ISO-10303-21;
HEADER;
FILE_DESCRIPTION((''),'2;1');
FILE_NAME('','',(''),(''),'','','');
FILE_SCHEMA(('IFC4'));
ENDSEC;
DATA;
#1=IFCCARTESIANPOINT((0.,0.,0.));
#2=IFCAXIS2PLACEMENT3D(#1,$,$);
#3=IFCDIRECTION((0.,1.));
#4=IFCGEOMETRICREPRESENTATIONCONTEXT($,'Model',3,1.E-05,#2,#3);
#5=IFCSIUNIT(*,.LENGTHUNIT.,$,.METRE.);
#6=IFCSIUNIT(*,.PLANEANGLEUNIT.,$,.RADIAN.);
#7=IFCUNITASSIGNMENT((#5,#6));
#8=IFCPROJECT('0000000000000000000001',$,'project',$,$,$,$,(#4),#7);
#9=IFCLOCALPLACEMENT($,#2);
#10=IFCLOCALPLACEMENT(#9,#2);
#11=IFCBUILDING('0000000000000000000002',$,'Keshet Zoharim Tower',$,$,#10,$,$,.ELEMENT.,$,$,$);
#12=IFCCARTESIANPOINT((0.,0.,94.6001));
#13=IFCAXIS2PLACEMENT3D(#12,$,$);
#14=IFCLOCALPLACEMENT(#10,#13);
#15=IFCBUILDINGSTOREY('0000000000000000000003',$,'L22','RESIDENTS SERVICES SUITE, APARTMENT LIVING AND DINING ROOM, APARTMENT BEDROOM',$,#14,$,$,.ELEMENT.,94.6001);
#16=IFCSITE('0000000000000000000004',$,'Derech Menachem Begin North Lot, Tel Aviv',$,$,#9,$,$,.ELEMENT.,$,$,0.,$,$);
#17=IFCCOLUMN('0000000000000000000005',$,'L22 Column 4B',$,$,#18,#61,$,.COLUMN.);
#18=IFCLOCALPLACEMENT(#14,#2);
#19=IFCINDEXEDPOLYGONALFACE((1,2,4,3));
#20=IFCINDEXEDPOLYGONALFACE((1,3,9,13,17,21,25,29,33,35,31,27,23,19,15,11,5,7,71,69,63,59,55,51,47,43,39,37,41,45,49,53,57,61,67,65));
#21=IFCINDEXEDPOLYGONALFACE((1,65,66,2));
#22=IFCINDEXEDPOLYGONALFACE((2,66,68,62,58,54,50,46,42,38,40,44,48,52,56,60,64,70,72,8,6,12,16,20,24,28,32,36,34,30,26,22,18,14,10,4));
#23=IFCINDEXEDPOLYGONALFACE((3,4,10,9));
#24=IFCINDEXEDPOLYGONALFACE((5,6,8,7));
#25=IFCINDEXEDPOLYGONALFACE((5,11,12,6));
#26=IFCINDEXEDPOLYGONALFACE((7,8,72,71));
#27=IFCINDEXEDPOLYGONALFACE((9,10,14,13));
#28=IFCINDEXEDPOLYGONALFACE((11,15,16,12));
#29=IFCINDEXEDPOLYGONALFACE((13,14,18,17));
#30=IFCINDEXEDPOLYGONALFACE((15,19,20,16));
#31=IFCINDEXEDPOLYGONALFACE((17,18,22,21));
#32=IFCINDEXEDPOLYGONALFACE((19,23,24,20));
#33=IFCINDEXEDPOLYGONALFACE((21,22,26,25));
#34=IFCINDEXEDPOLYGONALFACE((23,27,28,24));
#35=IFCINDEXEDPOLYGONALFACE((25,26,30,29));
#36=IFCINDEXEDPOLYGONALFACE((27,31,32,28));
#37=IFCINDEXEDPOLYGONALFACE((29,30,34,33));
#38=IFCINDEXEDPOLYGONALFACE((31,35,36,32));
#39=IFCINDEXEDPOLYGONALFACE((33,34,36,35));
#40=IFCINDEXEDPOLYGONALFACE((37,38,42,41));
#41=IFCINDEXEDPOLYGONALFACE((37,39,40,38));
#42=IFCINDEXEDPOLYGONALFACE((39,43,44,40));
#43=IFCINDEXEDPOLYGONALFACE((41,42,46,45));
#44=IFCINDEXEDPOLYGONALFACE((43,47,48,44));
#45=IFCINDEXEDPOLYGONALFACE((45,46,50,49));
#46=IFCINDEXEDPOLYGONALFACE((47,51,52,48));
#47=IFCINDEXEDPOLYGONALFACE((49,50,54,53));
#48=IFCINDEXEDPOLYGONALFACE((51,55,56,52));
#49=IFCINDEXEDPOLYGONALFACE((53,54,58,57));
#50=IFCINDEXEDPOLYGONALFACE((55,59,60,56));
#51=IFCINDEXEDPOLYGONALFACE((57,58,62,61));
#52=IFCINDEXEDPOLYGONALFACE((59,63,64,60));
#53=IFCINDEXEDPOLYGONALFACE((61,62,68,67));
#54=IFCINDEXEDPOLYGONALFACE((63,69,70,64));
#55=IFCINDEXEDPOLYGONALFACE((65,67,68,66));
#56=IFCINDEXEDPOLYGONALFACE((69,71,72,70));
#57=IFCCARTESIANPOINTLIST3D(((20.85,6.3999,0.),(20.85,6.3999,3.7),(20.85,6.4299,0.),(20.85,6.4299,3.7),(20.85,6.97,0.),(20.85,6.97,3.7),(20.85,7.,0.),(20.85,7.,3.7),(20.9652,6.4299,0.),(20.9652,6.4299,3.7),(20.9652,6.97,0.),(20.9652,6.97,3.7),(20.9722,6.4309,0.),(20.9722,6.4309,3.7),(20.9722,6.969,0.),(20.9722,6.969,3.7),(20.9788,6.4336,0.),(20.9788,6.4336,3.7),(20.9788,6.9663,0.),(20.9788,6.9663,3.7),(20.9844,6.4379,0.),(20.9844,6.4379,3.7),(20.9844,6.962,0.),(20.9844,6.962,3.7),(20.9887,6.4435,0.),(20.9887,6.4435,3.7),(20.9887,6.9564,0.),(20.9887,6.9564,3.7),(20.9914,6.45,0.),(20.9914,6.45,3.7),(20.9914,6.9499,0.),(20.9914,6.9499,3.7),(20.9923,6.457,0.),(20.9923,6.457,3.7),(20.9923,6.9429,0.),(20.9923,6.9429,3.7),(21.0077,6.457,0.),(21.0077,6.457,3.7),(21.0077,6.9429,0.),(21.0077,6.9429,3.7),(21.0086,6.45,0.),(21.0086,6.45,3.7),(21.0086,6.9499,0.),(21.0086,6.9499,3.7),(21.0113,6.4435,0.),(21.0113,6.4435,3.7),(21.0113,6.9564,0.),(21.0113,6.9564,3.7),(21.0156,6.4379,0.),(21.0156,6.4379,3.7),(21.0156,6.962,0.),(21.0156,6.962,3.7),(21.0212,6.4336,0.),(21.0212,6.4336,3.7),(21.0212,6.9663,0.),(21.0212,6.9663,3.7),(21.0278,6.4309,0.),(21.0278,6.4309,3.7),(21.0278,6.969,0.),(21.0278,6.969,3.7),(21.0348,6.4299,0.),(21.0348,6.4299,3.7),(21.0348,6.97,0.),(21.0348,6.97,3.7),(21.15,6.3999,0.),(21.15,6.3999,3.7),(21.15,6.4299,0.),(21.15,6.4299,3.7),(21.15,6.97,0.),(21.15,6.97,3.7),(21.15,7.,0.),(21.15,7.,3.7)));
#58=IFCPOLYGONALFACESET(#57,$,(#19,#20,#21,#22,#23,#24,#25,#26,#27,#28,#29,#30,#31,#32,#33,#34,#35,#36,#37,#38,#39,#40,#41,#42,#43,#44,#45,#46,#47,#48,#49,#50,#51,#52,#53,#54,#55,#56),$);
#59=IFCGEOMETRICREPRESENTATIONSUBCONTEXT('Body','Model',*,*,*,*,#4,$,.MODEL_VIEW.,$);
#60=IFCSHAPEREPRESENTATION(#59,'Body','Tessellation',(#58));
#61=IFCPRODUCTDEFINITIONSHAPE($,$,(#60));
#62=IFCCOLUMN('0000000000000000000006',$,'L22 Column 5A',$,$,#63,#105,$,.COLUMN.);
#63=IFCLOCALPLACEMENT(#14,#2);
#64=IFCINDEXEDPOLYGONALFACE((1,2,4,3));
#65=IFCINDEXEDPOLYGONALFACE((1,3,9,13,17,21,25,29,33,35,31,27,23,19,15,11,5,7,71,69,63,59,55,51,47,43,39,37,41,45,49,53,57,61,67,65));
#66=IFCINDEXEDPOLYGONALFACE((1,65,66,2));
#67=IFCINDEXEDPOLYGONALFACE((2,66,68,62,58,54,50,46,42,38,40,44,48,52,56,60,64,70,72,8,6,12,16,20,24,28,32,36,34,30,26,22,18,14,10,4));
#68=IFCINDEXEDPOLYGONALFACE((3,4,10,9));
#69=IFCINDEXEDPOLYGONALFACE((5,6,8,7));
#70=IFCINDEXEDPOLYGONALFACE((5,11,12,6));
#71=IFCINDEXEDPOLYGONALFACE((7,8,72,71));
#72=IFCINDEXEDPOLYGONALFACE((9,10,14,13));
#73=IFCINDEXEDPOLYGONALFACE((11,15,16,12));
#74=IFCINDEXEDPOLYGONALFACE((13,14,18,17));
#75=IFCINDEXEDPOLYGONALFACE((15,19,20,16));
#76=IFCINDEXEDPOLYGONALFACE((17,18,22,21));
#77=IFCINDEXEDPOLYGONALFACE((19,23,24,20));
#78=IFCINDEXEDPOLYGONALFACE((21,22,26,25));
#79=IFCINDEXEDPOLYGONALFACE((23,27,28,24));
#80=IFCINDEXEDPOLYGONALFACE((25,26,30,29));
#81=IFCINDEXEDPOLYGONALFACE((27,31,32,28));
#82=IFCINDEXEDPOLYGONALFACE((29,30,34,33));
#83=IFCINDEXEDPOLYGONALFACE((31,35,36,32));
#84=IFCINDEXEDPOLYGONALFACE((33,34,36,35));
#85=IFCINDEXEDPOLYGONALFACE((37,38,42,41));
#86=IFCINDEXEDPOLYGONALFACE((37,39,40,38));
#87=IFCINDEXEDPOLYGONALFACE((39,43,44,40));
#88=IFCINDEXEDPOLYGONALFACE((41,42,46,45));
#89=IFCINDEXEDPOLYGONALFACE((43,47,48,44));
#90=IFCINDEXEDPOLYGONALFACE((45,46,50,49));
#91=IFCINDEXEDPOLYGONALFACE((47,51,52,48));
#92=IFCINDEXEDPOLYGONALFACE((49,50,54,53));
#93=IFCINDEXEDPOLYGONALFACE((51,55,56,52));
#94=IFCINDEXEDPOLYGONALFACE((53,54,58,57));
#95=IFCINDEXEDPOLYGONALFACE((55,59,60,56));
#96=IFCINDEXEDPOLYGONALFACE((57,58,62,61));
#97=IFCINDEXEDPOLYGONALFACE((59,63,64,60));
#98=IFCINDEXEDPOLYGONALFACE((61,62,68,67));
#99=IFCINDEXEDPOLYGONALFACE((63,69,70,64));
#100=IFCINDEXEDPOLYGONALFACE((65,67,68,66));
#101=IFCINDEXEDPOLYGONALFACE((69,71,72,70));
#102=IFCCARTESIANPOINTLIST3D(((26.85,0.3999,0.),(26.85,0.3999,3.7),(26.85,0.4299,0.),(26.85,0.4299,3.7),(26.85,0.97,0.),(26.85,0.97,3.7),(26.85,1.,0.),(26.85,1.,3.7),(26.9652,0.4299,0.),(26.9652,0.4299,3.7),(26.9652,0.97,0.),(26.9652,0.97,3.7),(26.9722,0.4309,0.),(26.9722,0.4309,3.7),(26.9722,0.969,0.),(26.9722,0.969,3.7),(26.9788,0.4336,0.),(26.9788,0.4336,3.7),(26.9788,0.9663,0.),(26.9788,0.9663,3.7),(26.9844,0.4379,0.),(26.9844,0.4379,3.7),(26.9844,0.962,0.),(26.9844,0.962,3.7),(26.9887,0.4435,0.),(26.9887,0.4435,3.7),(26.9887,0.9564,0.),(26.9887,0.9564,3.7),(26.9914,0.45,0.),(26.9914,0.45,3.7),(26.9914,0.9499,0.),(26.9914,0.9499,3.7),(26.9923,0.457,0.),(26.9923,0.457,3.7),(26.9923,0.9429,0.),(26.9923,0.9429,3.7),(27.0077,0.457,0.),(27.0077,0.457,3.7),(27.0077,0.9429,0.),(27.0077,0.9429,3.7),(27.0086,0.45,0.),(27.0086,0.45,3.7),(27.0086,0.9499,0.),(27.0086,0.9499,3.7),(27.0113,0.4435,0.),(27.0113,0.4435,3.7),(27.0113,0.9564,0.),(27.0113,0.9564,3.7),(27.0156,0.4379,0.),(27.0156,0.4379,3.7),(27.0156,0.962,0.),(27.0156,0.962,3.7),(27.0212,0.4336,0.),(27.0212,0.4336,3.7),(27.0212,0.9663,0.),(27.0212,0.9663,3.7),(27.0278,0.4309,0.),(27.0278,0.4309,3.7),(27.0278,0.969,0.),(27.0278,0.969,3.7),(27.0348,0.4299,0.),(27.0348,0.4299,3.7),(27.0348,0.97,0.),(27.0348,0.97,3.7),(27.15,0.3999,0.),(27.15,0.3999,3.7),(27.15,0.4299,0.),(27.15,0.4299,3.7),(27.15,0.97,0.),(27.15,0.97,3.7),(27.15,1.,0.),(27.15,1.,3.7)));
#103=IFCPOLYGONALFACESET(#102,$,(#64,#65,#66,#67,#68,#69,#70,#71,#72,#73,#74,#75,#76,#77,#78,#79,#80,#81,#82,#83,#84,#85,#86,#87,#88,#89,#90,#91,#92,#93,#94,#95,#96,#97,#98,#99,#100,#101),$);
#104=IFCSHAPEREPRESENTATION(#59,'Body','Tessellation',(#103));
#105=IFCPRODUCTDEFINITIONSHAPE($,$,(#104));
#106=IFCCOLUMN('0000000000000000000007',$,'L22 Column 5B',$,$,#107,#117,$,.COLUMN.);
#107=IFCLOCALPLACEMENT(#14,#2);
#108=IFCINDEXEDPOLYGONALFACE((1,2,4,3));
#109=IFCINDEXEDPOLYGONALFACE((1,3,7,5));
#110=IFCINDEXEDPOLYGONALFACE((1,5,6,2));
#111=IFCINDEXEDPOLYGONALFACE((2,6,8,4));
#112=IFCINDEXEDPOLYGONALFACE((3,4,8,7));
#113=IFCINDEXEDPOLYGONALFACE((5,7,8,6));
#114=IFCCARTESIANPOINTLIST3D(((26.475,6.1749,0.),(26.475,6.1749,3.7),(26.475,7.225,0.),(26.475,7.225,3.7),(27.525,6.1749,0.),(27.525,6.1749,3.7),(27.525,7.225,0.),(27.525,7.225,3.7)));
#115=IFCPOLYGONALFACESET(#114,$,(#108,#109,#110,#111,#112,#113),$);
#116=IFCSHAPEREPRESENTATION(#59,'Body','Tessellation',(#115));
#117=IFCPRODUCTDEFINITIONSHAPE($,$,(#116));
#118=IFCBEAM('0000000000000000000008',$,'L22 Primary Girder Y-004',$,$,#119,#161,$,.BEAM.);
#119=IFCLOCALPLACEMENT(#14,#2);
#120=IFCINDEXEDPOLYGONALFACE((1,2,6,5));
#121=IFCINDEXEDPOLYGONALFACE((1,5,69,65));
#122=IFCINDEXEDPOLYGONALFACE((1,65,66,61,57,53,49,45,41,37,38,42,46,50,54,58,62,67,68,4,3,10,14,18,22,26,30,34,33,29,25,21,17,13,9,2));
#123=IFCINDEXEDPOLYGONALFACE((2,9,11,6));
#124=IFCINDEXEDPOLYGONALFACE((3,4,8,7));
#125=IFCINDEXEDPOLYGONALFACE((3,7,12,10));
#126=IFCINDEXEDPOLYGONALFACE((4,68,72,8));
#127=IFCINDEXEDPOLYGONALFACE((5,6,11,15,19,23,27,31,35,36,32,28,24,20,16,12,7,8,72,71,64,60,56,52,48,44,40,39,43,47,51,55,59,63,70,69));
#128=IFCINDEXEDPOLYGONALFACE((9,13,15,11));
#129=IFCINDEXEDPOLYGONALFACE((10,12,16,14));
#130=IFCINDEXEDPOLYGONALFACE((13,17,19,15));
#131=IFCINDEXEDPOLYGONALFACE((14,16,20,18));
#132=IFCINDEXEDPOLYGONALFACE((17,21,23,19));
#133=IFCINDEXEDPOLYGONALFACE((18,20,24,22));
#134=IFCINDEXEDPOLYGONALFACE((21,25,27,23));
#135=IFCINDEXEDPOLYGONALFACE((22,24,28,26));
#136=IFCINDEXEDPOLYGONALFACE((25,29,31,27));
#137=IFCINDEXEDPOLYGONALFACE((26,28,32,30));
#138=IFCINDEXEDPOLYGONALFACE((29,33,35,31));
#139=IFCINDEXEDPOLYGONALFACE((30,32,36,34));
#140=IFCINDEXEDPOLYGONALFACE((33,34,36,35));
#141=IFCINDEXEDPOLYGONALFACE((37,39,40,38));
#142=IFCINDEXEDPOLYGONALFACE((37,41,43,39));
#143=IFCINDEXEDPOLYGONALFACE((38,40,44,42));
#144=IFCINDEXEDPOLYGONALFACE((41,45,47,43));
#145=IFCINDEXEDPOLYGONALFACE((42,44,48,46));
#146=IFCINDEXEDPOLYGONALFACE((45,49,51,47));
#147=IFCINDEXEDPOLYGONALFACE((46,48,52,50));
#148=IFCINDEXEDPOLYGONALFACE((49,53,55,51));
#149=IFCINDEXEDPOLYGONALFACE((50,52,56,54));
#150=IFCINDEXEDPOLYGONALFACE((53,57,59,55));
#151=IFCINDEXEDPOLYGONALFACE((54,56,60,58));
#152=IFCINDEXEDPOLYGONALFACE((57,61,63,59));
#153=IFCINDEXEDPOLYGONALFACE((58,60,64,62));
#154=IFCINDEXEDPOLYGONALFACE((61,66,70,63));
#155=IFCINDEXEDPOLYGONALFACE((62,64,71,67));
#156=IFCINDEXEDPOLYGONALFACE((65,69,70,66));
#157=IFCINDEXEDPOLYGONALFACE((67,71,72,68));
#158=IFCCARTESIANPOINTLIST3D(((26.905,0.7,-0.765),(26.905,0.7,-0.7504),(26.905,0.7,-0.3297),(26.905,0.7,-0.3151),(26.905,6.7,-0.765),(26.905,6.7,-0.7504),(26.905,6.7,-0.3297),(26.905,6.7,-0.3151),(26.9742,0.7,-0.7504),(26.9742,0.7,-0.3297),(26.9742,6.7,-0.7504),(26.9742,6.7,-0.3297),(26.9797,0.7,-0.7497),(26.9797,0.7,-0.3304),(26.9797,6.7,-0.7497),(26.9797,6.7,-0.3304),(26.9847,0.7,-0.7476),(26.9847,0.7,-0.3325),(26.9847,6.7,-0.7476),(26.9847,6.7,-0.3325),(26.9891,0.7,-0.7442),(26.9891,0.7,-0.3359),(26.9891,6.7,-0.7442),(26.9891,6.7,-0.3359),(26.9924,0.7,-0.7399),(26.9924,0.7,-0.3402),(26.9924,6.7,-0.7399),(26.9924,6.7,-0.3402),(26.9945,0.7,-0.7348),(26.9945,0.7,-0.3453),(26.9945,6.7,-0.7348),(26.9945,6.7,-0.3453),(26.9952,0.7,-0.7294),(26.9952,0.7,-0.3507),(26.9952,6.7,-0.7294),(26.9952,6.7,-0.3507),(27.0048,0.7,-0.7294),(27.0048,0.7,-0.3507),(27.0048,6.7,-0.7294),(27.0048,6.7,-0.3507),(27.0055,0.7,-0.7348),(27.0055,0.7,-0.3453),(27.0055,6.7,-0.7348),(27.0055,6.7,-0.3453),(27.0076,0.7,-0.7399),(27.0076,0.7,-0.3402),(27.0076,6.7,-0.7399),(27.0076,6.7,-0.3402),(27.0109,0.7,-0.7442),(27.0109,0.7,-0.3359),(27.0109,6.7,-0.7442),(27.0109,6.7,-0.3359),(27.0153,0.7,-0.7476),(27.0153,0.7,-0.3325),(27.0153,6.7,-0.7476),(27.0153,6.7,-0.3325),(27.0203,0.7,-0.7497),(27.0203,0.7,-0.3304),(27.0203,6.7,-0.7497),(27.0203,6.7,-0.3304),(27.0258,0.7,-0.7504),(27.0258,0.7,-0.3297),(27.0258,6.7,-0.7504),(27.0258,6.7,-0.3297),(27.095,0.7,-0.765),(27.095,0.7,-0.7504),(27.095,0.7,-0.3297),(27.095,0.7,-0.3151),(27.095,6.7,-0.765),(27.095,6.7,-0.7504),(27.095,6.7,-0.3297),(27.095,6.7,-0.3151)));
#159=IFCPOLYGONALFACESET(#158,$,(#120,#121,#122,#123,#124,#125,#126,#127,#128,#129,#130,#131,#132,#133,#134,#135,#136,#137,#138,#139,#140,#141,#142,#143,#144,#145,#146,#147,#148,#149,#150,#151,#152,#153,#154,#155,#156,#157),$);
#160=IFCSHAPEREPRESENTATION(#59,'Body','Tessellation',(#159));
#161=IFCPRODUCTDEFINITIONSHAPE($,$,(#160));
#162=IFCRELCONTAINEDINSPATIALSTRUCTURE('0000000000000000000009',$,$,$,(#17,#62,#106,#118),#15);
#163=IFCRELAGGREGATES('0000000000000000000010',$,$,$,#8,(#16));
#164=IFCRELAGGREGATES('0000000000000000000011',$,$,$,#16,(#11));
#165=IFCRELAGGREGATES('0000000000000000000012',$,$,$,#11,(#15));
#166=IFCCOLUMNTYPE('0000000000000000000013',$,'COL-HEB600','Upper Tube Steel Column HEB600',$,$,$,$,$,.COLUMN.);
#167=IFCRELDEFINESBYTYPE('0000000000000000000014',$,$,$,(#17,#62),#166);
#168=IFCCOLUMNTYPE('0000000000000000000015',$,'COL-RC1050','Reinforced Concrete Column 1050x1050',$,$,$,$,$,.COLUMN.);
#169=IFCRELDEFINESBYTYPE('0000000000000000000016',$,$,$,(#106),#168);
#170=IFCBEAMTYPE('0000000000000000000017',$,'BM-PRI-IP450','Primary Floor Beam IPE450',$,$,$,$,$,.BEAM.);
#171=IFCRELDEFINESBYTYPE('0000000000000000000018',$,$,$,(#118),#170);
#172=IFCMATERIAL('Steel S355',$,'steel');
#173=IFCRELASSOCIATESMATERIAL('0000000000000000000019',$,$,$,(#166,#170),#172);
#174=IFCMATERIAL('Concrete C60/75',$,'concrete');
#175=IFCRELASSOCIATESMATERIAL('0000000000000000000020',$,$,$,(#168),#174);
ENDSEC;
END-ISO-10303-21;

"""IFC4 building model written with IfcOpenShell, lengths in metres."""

from ifc_helpers import new_model, si_unit, direction, frame, origin, origin_2d, place, context, subcontext, project, spatial, rectangle, i_section, extrude, material, material_profile, profile_set, type_object, element, save


model = new_model("IFC4")

# Units and contexts
model_context = context("Model", 3, precision=1e-05, world=origin(), true_north=direction((0.0, 1.0)))
body_context = subcontext(model_context, "Body", "Model", "MODEL_VIEW")
ifc_project = project(units=[si_unit("LENGTHUNIT", "METRE"), si_unit("PLANEANGLEUNIT", "RADIAN")], contexts=[model_context])

# Site, building, storey
site_placement = place(None, origin())
site = spatial("IfcSite", under=ifc_project, at=site_placement, Name="Derech Menachem Begin North Lot, Tel Aviv", CompositionType="ELEMENT", RefElevation=0.0)
building_placement = place(site_placement, origin())
building = spatial("IfcBuilding", under=site, at=building_placement, Name="Keshet Zoharim Tower", CompositionType="ELEMENT")
storey_placement = place(building_placement, frame((0.0, 0.0, 94.6001)))
storey = spatial("IfcBuildingStorey", under=building, at=storey_placement, Name="L22", Description="RESIDENTS SERVICES SUITE, APARTMENT LIVING AND DINING ROOM, APARTMENT BEDROOM", CompositionType="ELEMENT", Elevation=94.6001)

# Columns
ifc_material_1 = material(Name="Steel S355", Category="steel")
ifc_material_profile_1 = material_profile(ifc_material_1, i_section(OverallWidth=0.3, OverallDepth=0.6001, WebThickness=0.0154, FlangeThickness=0.03, FilletRadius=0.0271, at=origin_2d()), Name="HEB600")
ifc_profile_set_1 = profile_set([ifc_material_profile_1], Name="Steel S355")
column_type_1 = type_object("IfcColumnType", Name="COL-HEB600", Description="Upper Tube Steel Column HEB600", PredefinedType="COLUMN", material=ifc_profile_set_1)
for number, where, z_axis, x_axis, name in (
    (1, (21.0, 6.7, 0.0), (0.0, 0.0, 1.0), (1.0, 0.0, 0.0), "L22 Column 4B"),
    (2, (27.0, 0.7, 0.0), (0.0, 0.0, 1.0), (1.0, 0.0, 0.0), "L22 Column 5A"),
):
    element("IfcColumn", number, at=place(storey_placement, frame(where, z_axis=z_axis, x_axis=x_axis)), inside=storey, type_object=column_type_1, Name=name, PredefinedType="COLUMN", context=body_context, shape_type="SweptSolid", body=[
        extrude(i_section(OverallWidth=0.3, OverallDepth=0.6001, WebThickness=0.0154, FlangeThickness=0.03, FilletRadius=0.0271, at=origin_2d()), origin(), (0.0, 0.0, 1.0), 3.7),
    ])
ifc_material_2 = material(Name="Concrete C60/75", Category="concrete")
ifc_material_profile_2 = material_profile(ifc_material_2, rectangle(XDim=1.05, YDim=1.05, at=origin_2d()), Name="RC1050x1050")
ifc_profile_set_2 = profile_set([ifc_material_profile_2], Name="Concrete C60/75")
column_type_2 = type_object("IfcColumnType", Name="COL-RC1050", Description="Reinforced Concrete Column 1050x1050", PredefinedType="COLUMN", material=ifc_profile_set_2)
column_placement = place(storey_placement, frame((27.0, 6.7, 0.0), z_axis=(0.0, 0.0, 1.0), x_axis=(1.0, 0.0, 0.0)))
element("IfcColumn", 3, at=column_placement, inside=storey, type_object=column_type_2, Name="L22 Column 5B", PredefinedType="COLUMN", context=body_context, shape_type="SweptSolid", body=[
    extrude(rectangle(XDim=1.05, YDim=1.05, at=origin_2d()), origin(), (0.0, 0.0, 1.0), 3.7),
])

# Beam
ifc_material_profile_3 = material_profile(ifc_material_1, i_section(OverallWidth=0.1899, OverallDepth=0.45, WebThickness=0.0095, FlangeThickness=0.0146, FilletRadius=0.021, at=origin_2d()), Name="IPE450")
ifc_profile_set_3 = profile_set([ifc_material_profile_3], Name="Steel S355")
beam_type_1 = type_object("IfcBeamType", Name="BM-PRI-IP450", Description="Primary Floor Beam IPE450", PredefinedType="BEAM", material=ifc_profile_set_3)
beam_1_placement = place(storey_placement, frame((27.0, 0.7, -0.54), z_axis=(0.0, 1.0, 0.0), x_axis=(-1.0, 0.0, 0.0)))
element("IfcBeam", 4, at=beam_1_placement, inside=storey, type_object=beam_type_1, Name="L22 Primary Girder Y-004", PredefinedType="BEAM", context=body_context, shape_type="SweptSolid", body=[
    extrude(i_section(OverallWidth=0.1899, OverallDepth=0.45, WebThickness=0.0095, FlangeThickness=0.0146, FilletRadius=0.021, at=origin_2d()), origin(), (0.0, 0.0, 1.0), 6.0),
])

save(model, "model.ifc")
